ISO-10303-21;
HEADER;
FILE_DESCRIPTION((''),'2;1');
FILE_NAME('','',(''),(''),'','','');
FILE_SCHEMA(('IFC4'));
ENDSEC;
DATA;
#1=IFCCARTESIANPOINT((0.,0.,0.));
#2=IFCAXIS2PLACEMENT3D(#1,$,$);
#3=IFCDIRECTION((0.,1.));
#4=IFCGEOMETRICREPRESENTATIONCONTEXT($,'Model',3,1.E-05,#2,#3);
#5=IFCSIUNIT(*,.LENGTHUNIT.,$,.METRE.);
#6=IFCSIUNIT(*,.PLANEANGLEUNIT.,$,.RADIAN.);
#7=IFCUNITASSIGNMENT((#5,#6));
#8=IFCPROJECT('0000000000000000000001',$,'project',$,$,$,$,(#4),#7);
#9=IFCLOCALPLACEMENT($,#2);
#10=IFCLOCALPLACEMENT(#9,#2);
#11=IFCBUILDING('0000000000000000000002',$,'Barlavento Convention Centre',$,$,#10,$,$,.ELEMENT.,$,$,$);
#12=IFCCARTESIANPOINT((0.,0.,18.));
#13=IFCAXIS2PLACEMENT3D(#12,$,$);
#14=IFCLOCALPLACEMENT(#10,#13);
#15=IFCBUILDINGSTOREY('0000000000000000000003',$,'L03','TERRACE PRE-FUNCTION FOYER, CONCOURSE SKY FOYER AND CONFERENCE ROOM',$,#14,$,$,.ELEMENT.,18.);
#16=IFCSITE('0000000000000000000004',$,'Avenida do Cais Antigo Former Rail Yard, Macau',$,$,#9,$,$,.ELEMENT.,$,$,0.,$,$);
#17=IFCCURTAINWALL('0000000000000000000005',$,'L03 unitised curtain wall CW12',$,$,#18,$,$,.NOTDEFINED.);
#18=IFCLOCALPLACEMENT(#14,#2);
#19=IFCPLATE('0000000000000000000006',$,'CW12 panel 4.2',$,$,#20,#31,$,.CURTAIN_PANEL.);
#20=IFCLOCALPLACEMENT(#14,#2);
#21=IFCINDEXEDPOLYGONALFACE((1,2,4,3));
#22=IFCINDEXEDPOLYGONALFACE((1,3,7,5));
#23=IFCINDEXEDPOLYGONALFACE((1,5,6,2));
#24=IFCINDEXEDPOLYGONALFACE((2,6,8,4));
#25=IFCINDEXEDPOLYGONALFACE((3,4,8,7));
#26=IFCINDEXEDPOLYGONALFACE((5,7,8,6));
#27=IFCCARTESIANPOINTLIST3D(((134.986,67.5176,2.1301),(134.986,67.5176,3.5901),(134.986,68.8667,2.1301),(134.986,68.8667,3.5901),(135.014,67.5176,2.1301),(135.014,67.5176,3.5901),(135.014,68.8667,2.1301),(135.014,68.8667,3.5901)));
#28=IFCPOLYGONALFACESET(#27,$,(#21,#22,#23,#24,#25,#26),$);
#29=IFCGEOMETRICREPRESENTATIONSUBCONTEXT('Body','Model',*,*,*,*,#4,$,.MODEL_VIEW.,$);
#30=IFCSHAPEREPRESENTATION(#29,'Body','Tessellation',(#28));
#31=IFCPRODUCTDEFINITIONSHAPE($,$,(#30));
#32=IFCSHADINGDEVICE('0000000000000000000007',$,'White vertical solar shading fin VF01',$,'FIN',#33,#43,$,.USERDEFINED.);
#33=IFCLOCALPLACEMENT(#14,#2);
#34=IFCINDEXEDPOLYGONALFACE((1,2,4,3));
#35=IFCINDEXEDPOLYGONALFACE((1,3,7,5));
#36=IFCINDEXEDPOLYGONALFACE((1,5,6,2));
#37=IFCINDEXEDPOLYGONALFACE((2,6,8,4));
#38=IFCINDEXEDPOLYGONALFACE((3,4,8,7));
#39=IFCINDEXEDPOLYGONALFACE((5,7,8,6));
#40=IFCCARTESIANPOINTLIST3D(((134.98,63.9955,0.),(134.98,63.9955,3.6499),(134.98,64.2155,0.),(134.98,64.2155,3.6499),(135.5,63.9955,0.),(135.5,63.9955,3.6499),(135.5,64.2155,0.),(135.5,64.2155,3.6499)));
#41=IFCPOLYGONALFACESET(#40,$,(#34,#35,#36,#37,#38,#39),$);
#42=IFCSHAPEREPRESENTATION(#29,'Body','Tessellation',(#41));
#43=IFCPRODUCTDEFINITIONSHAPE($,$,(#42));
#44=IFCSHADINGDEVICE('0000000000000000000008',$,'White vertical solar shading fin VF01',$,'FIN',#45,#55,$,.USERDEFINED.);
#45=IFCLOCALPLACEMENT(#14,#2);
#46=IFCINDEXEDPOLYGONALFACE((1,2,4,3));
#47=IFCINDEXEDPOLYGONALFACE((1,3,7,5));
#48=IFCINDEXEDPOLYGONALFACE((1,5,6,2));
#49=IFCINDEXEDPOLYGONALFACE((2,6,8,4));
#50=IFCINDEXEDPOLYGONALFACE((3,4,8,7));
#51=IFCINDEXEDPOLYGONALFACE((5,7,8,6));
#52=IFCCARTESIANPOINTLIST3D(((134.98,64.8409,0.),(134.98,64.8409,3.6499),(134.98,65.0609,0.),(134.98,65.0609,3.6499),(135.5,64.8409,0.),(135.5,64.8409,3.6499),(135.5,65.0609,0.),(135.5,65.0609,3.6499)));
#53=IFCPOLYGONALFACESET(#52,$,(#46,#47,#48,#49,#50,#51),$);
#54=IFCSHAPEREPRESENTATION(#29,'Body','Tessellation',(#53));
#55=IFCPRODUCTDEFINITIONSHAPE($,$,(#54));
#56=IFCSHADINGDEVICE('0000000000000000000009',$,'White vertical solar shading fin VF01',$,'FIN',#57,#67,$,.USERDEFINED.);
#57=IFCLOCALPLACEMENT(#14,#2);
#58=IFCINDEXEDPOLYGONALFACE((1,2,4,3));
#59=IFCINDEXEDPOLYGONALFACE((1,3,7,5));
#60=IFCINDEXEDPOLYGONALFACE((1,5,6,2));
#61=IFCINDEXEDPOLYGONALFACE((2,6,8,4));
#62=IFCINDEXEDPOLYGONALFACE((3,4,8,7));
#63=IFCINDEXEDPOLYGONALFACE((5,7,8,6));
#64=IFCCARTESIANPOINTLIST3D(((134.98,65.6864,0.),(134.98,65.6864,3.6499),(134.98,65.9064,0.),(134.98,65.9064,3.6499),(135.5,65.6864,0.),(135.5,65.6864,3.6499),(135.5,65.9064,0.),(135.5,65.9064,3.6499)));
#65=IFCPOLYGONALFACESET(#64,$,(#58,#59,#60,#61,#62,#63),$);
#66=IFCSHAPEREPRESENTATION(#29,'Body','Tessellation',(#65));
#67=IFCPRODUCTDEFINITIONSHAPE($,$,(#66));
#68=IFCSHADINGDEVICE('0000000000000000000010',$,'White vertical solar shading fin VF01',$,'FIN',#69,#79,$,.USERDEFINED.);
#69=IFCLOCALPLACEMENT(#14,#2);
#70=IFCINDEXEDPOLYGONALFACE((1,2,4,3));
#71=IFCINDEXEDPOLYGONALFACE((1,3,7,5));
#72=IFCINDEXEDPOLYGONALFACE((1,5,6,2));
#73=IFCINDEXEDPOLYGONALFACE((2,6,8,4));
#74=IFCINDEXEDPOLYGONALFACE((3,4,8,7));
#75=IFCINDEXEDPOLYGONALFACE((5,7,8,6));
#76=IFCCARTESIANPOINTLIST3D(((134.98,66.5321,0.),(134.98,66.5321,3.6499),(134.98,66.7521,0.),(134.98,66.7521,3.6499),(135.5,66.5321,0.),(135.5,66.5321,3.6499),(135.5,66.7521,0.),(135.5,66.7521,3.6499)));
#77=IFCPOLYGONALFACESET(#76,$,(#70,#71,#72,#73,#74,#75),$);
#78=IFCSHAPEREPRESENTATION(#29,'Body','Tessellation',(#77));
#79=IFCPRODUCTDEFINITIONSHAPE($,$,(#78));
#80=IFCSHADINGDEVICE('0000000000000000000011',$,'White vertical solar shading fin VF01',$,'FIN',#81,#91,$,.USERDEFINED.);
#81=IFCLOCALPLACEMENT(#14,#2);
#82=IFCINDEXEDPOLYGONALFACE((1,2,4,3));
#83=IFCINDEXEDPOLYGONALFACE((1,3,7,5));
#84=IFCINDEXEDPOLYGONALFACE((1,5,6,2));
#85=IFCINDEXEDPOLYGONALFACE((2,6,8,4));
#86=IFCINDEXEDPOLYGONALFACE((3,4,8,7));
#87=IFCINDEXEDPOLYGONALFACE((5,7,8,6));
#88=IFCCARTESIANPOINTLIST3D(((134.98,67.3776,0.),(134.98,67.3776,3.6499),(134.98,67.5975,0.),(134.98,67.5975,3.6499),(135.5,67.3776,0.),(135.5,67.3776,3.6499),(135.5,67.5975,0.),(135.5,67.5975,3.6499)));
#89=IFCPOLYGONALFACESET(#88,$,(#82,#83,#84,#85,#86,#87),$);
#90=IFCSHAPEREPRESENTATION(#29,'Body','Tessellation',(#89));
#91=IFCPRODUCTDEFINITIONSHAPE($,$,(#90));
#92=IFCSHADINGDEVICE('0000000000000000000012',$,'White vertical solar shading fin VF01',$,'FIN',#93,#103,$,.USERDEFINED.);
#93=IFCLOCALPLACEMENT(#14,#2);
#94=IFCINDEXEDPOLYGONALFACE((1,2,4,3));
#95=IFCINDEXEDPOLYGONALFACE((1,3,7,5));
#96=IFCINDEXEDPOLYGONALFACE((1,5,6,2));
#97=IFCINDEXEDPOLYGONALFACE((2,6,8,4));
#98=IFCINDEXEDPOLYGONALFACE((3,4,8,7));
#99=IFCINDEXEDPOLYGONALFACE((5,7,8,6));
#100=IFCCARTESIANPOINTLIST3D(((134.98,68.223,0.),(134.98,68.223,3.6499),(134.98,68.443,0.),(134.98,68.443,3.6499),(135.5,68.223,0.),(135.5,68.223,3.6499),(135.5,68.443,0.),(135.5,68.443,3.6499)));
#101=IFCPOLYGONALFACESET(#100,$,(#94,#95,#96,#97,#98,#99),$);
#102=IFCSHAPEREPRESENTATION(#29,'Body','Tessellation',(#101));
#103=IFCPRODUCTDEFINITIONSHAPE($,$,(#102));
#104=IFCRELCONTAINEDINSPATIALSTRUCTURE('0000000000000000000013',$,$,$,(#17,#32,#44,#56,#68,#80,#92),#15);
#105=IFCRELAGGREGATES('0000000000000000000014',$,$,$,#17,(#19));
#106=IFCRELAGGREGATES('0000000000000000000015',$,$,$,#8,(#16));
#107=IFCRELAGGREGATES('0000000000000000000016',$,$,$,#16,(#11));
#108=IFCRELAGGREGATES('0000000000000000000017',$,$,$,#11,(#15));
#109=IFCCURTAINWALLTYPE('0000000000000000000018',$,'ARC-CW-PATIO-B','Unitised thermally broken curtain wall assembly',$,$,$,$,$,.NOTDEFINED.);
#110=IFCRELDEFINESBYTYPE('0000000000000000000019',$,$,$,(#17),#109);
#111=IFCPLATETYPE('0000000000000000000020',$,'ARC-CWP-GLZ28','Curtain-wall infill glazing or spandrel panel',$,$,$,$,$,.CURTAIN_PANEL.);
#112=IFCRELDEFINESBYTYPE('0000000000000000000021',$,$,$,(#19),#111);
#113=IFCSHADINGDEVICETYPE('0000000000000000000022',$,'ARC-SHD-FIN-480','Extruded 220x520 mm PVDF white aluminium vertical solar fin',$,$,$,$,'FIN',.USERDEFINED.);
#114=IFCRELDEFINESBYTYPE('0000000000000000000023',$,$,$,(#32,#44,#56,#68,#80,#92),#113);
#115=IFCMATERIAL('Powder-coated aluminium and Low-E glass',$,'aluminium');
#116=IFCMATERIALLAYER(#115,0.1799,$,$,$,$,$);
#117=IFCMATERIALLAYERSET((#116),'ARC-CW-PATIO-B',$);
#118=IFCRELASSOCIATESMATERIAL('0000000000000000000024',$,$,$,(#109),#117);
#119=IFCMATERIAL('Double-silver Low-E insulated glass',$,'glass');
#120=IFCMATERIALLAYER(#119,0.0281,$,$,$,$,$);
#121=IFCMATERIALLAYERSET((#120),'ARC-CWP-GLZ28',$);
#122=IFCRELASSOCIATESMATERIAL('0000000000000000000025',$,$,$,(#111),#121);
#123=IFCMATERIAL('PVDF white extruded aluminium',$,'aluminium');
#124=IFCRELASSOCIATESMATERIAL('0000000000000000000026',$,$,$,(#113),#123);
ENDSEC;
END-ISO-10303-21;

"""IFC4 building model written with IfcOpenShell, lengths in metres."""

from ifc_helpers import new_model, si_unit, direction, frame, origin, origin_2d, place, context, subcontext, project, spatial, rectangle, extrude, material, layer, layer_set, type_object, element, aggregate, save


model = new_model("IFC4")

# Units and contexts
model_context = context("Model", 3, precision=1e-05, world=origin(), true_north=direction((0.0, 1.0)))
body_context = subcontext(model_context, "Body", "Model", "MODEL_VIEW")
ifc_project = project(units=[si_unit("LENGTHUNIT", "METRE"), si_unit("PLANEANGLEUNIT", "RADIAN")], contexts=[model_context])

# Site, building, storey
site_placement = place(None, origin())
site = spatial("IfcSite", under=ifc_project, at=site_placement, Name="Avenida do Cais Antigo Former Rail Yard, Macau", CompositionType="ELEMENT", RefElevation=0.0)
building_placement = place(site_placement, origin())
building = spatial("IfcBuilding", under=site, at=building_placement, Name="Barlavento Convention Centre", CompositionType="ELEMENT")
storey_placement = place(building_placement, frame((0.0, 0.0, 18.0)))
storey = spatial("IfcBuildingStorey", under=building, at=storey_placement, Name="L03", Description="TERRACE PRE-FUNCTION FOYER, CONCOURSE SKY FOYER AND CONFERENCE ROOM", CompositionType="ELEMENT", Elevation=18.0)

# Curtain wall, plate
ifc_material_1 = material(Name="Powder-coated aluminium and Low-E glass", Category="aluminium")
ifc_layer_1 = layer(ifc_material_1, 0.1799)
ifc_layer_set_1 = layer_set([ifc_layer_1], Name="ARC-CW-PATIO-B")
curtain_wall_type = type_object("IfcCurtainWallType", Name="ARC-CW-PATIO-B", Description="Unitised thermally broken curtain wall assembly", PredefinedType="NOTDEFINED", material=ifc_layer_set_1)
curtain_wall_placement = place(storey_placement, origin())
curtain_wall = element("IfcCurtainWall", 1, at=curtain_wall_placement, inside=storey, type_object=curtain_wall_type, Name="L03 unitised curtain wall CW12", PredefinedType="NOTDEFINED")
ifc_material_2 = material(Name="Double-silver Low-E insulated glass", Category="glass")
ifc_layer_2 = layer(ifc_material_2, 0.0281)
ifc_layer_set_2 = layer_set([ifc_layer_2], Name="ARC-CWP-GLZ28")
plate_type = type_object("IfcPlateType", Name="ARC-CWP-GLZ28", Description="Curtain-wall infill glazing or spandrel panel", PredefinedType="CURTAIN_PANEL", material=ifc_layer_set_2)
plate_1_placement = place(storey_placement, frame((135.0, 68.1921, 2.1301), z_axis=(0.0, 0.0, 1.0), x_axis=(0.0, 1.0, 0.0)))
plate_1 = element("IfcPlate", 2, at=plate_1_placement, type_object=plate_type, Name="CW12 panel 4.2", PredefinedType="CURTAIN_PANEL", context=body_context, shape_type="SweptSolid", body=[
    extrude(rectangle(XDim=1.3491, YDim=0.0281, at=origin_2d()), origin(), (0.0, 0.0, 1.0), 1.46),
])
aggregate(curtain_wall, [plate_1])

# Shading devices
ifc_material_3 = material(Name="PVDF white extruded aluminium", Category="aluminium")
shading_device_type = type_object("IfcShadingDeviceType", Name="ARC-SHD-FIN-480", Description="Extruded 220x520 mm PVDF white aluminium vertical solar fin", ElementType="FIN", PredefinedType="USERDEFINED", material=ifc_material_3)
for number, where, z_axis, x_axis, name in (
    (3, (135.24, 64.1055, 0.0), (0.0, 0.0, 1.0), (0.0, 1.0, 0.0), "White vertical solar shading fin VF01"),
    (4, (135.24, 64.9509, 0.0), (0.0, 0.0, 1.0), (0.0, 1.0, 0.0), "White vertical solar shading fin VF01"),
    (5, (135.24, 65.7964, 0.0), (0.0, 0.0, 1.0), (0.0, 1.0, 0.0), "White vertical solar shading fin VF01"),
    (6, (135.24, 66.6421, 0.0), (0.0, 0.0, 1.0), (0.0, 1.0, 0.0), "White vertical solar shading fin VF01"),
    (7, (135.24, 67.4875, 0.0), (0.0, 0.0, 1.0), (0.0, 1.0, 0.0), "White vertical solar shading fin VF01"),
    (8, (135.24, 68.333, 0.0), (0.0, 0.0, 1.0), (0.0, 1.0, 0.0), "White vertical solar shading fin VF01"),
):
    element("IfcShadingDevice", number, at=place(storey_placement, frame(where, z_axis=z_axis, x_axis=x_axis)), inside=storey, type_object=shading_device_type, Name=name, ObjectType="FIN", PredefinedType="USERDEFINED", context=body_context, shape_type="SweptSolid", body=[
        extrude(rectangle(XDim=0.22, YDim=0.52, at=origin_2d()), origin(), (0.0, 0.0, 1.0), 3.6499),
    ])

save(model, "model.ifc")
